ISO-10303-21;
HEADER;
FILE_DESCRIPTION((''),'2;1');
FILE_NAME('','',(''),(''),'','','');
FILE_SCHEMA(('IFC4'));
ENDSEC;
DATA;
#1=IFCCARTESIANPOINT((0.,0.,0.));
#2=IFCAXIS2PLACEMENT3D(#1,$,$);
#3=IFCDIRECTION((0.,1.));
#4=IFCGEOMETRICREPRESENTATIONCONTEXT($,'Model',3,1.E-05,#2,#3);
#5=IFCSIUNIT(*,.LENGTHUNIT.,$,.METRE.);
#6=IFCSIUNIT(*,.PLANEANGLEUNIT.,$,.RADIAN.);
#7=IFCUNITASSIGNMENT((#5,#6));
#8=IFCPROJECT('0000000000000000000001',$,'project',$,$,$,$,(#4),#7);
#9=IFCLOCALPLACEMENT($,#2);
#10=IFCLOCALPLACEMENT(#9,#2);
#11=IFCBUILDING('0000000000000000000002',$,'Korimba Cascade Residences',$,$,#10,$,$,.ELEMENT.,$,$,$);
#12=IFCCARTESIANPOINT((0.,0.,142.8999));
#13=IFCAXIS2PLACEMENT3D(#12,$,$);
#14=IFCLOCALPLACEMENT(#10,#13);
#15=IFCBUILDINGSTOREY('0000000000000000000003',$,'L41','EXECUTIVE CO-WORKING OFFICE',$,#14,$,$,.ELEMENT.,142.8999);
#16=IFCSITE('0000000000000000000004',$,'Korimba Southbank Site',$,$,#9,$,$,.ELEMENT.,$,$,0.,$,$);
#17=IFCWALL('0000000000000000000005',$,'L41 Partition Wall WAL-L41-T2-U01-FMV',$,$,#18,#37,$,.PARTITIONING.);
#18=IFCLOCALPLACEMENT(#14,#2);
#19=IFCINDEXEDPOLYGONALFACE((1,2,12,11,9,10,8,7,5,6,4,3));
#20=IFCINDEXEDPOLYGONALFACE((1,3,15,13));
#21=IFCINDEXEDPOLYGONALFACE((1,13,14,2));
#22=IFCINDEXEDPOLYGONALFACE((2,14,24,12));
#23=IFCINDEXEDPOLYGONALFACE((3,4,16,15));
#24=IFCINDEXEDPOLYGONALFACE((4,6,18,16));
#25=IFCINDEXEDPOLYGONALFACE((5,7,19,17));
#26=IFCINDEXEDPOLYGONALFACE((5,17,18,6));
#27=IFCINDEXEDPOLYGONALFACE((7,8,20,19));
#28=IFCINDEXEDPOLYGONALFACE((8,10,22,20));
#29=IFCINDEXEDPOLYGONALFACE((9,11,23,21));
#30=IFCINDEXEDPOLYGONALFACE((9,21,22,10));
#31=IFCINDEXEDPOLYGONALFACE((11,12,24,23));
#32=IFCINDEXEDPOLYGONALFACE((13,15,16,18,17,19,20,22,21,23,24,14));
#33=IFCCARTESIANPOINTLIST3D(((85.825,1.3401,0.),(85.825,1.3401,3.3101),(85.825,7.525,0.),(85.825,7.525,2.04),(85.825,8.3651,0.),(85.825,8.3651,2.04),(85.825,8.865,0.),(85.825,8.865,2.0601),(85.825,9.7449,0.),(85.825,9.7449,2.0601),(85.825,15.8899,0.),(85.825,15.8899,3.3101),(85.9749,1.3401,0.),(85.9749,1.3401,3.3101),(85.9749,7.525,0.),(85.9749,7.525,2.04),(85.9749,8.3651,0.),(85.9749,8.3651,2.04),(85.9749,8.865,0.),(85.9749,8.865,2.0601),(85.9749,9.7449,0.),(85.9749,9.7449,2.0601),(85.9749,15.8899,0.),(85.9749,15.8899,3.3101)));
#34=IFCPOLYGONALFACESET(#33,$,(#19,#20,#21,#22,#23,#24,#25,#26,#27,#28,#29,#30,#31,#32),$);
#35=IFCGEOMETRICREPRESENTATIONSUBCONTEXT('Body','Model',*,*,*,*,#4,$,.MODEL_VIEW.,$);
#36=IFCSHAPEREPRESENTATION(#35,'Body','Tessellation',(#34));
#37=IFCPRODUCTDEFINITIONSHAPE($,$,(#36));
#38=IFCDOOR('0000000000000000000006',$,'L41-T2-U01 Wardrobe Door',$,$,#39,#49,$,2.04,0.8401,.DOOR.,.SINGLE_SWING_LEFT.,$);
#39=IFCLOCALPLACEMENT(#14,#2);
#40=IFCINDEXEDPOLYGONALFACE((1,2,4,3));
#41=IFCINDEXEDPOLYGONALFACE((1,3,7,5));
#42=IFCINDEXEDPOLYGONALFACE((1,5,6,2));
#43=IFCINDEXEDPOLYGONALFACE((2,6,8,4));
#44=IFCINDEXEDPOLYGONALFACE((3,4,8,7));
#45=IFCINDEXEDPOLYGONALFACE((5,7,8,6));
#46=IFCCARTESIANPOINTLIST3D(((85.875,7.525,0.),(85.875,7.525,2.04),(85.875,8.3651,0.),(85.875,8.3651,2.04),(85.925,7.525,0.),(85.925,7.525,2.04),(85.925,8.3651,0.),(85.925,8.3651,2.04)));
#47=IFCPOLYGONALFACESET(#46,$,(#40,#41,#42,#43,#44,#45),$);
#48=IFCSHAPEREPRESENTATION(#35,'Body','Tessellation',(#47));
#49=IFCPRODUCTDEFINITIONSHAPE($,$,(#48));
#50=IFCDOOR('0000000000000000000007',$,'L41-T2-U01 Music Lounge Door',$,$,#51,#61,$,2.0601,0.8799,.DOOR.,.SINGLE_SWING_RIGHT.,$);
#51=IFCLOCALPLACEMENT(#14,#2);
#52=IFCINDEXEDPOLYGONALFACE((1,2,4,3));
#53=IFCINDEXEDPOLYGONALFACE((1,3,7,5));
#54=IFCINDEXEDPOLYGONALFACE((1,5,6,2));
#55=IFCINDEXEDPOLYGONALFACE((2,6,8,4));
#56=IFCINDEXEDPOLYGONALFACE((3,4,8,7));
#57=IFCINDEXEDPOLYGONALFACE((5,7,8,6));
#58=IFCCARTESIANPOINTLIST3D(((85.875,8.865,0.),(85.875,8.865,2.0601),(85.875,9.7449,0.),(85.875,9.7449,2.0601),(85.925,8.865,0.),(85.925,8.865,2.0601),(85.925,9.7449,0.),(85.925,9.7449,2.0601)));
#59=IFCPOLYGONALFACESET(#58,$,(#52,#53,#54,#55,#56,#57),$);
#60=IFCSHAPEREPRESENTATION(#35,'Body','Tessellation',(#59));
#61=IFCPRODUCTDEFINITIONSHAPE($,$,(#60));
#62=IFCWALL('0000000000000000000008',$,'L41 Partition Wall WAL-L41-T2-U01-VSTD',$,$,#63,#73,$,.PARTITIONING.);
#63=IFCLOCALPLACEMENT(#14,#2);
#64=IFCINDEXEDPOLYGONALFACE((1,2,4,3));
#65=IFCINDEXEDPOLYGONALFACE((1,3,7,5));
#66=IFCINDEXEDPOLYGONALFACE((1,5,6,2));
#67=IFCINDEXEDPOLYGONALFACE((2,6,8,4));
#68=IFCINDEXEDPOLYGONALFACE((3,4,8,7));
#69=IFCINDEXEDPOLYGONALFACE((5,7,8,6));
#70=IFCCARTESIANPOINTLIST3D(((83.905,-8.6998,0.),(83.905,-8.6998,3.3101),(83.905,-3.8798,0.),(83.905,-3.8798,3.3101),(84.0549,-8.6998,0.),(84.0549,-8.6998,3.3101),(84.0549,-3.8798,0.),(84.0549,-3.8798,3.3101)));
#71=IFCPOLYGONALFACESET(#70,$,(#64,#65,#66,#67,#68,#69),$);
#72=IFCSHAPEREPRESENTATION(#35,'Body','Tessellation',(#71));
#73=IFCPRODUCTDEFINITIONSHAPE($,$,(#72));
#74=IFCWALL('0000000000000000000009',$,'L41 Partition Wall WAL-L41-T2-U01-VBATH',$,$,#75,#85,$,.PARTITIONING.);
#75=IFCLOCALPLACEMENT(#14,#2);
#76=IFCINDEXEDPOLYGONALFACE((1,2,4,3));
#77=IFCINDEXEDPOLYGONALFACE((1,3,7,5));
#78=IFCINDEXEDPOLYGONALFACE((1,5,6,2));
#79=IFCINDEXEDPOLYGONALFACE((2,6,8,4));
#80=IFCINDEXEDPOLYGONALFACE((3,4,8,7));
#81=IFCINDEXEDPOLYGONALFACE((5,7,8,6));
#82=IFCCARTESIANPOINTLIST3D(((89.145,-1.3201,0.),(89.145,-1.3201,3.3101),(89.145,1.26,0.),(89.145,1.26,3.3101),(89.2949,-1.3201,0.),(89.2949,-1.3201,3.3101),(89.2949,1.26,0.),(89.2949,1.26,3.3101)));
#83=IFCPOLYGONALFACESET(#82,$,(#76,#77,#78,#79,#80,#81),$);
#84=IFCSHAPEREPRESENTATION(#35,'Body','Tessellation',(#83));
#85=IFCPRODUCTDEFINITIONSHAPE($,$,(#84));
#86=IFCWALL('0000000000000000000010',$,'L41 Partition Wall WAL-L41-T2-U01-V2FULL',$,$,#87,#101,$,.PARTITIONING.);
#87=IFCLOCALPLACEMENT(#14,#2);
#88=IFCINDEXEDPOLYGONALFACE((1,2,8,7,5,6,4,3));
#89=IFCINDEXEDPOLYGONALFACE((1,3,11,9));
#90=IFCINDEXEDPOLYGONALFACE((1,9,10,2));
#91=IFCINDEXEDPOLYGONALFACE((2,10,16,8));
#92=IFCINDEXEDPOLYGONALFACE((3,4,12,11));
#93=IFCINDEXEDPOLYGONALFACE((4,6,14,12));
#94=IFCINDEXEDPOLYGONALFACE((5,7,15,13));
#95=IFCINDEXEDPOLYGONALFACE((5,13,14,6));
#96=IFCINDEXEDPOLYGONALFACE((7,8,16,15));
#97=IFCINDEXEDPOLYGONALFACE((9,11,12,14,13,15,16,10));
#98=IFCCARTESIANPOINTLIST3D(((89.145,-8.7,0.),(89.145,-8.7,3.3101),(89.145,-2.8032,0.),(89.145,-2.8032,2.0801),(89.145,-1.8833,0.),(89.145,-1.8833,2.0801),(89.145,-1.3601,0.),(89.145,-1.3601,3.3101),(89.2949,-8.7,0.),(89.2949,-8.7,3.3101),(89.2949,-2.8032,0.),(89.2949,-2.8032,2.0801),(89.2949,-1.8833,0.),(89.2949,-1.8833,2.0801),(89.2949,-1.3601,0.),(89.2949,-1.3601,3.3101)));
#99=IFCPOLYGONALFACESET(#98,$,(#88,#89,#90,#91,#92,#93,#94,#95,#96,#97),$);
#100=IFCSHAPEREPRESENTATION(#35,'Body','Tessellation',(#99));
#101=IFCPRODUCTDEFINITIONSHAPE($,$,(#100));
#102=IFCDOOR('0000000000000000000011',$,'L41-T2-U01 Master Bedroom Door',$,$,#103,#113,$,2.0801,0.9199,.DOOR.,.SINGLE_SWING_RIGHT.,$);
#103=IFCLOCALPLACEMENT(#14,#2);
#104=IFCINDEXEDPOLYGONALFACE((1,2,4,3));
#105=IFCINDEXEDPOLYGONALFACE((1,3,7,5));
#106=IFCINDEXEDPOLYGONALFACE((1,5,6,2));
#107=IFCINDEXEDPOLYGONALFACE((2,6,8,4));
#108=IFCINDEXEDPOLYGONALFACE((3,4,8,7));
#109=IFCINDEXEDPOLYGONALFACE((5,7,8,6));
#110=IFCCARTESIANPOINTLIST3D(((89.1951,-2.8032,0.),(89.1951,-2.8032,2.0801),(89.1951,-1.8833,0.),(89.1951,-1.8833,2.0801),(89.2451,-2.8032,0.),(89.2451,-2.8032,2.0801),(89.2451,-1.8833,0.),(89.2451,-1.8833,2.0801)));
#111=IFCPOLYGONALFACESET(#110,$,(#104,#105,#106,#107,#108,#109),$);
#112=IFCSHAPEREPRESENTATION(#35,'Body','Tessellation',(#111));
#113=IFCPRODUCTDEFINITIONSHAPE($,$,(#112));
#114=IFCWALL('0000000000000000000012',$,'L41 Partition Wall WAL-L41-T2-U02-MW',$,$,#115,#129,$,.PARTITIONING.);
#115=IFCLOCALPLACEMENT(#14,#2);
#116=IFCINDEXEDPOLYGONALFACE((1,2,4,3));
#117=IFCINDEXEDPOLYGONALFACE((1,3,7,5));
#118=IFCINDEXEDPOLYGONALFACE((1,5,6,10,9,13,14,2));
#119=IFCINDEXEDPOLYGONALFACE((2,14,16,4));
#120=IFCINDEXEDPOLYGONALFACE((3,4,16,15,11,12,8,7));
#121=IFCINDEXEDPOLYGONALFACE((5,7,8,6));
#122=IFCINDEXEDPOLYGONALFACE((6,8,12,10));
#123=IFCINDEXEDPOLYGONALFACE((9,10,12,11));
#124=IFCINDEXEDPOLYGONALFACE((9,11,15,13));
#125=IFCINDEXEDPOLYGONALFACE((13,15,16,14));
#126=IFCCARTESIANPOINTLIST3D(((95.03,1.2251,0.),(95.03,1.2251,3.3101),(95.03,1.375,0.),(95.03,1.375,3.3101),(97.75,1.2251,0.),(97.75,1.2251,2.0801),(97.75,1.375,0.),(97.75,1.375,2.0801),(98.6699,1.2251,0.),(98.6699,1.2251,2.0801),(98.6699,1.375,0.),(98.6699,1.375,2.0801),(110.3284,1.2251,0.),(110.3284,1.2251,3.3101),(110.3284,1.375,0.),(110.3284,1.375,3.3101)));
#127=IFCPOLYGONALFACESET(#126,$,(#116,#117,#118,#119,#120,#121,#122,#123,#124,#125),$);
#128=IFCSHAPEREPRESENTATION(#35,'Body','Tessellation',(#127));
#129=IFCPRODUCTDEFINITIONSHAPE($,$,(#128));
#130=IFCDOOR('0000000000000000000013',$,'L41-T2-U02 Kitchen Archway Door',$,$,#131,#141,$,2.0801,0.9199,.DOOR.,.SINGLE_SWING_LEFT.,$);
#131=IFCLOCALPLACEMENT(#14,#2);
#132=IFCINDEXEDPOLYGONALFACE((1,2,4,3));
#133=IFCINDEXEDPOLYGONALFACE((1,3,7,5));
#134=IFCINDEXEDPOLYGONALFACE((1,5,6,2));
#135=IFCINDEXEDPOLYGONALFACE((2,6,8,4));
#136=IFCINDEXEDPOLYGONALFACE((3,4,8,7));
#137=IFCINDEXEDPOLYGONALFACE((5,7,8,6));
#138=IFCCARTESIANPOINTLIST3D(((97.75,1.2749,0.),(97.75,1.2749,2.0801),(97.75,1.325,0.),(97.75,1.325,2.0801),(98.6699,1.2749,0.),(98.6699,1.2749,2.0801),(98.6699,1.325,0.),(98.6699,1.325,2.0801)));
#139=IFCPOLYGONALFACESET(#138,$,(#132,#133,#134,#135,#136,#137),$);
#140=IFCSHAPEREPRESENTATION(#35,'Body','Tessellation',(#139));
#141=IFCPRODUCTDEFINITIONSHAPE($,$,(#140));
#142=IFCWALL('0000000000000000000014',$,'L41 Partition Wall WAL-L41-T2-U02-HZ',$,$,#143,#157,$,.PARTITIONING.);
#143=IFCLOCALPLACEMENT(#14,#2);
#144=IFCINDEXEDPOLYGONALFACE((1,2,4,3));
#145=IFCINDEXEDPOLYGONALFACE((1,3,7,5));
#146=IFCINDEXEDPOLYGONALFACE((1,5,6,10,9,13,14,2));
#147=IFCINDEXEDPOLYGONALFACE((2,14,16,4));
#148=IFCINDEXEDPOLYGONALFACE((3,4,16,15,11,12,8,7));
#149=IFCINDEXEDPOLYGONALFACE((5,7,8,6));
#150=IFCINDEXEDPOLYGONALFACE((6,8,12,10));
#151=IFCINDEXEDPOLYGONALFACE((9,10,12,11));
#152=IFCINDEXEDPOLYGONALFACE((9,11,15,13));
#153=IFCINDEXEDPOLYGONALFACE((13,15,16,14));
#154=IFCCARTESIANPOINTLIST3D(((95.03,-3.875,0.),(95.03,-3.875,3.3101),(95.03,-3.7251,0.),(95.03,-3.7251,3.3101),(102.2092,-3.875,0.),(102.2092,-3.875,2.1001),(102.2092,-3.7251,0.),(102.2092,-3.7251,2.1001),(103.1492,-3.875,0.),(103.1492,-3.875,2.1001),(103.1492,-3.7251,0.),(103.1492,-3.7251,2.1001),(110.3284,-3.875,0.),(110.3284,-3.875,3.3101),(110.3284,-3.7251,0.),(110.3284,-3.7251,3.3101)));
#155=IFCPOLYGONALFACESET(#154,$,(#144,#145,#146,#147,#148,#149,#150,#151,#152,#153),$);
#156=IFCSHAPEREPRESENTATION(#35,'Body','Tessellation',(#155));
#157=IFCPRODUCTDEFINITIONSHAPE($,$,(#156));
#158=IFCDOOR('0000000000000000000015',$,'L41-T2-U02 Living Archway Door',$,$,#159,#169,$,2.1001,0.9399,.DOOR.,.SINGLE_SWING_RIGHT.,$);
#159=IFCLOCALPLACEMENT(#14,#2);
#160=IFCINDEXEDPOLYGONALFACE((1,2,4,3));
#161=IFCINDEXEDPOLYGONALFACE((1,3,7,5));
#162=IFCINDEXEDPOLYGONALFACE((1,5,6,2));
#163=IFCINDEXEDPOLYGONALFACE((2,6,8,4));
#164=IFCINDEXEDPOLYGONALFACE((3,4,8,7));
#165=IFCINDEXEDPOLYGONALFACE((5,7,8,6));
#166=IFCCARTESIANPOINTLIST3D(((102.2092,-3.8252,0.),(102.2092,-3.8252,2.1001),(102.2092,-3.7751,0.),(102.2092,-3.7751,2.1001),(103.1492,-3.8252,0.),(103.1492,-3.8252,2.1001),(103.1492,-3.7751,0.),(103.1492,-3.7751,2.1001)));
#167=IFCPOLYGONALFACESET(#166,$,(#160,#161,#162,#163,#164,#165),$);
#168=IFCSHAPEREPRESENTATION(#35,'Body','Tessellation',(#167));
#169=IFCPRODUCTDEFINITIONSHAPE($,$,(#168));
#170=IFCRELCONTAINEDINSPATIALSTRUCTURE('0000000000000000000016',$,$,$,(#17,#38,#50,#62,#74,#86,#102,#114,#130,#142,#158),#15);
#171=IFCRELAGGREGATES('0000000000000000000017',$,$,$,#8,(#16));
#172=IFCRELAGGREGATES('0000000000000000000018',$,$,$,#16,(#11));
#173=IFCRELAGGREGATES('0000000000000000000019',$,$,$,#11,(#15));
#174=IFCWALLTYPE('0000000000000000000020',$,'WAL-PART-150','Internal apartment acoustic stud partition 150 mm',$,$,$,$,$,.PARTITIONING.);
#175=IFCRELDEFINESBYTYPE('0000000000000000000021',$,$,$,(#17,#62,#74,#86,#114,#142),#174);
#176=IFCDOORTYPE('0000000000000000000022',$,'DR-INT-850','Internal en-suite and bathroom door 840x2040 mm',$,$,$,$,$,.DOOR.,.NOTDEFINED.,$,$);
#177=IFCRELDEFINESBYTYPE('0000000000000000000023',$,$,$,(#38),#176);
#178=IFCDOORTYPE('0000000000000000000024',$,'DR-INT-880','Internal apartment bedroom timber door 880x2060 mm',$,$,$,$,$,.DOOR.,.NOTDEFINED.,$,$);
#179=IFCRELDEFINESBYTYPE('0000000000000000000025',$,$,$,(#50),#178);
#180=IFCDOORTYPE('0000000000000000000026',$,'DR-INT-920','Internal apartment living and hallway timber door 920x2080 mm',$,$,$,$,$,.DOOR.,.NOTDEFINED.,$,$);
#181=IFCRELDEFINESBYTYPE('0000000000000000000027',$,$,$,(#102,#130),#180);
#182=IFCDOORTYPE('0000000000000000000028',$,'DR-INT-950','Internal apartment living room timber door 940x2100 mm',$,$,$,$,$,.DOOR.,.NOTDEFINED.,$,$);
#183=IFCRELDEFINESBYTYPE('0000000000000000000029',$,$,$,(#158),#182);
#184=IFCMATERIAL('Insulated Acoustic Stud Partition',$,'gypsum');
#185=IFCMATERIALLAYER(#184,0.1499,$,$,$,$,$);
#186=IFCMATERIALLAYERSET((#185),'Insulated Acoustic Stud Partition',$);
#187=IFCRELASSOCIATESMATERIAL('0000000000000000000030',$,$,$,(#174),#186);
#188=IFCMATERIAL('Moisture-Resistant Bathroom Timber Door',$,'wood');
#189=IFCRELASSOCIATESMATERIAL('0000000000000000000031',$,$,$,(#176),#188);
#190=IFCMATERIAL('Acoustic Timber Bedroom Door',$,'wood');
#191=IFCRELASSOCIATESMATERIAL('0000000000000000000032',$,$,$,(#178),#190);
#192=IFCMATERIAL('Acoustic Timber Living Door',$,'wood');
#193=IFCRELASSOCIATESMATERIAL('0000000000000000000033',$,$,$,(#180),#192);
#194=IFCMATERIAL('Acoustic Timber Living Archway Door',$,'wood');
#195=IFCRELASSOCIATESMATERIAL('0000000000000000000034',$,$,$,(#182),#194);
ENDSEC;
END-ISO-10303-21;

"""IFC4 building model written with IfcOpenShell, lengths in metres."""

from ifc_helpers import new_model, si_unit, direction, frame, frame_2d, origin, place, context, subcontext, project, spatial, rectangle, extrude, material, layer, layer_set, type_object, element, fill, save


model = new_model("IFC4")

# Units and contexts
model_context = context("Model", 3, precision=1e-05, world=origin(), true_north=direction((0.0, 1.0)))
body_context = subcontext(model_context, "Body", "Model", "MODEL_VIEW")
ifc_project = project(units=[si_unit("LENGTHUNIT", "METRE"), si_unit("PLANEANGLEUNIT", "RADIAN")], contexts=[model_context])

# Site, building, storey
site_placement = place(None, origin())
site = spatial("IfcSite", under=ifc_project, at=site_placement, Name="Korimba Southbank Site", CompositionType="ELEMENT", RefElevation=0.0)
building_placement = place(site_placement, origin())
building = spatial("IfcBuilding", under=site, at=building_placement, Name="Korimba Cascade Residences", CompositionType="ELEMENT")
storey_placement = place(building_placement, frame((0.0, 0.0, 142.8999)))
storey = spatial("IfcBuildingStorey", under=building, at=storey_placement, Name="L41", Description="EXECUTIVE CO-WORKING OFFICE", CompositionType="ELEMENT", Elevation=142.8999)

# Wall, openings, doors
ifc_material_1 = material(Name="Insulated Acoustic Stud Partition", Category="gypsum")
ifc_layer_1 = layer(ifc_material_1, 0.1499)
ifc_layer_set_1 = layer_set([ifc_layer_1], Name="Insulated Acoustic Stud Partition")
wall_type_1 = type_object("IfcWallType", Name="WAL-PART-150", Description="Internal apartment acoustic stud partition 150 mm", PredefinedType="PARTITIONING", material=ifc_layer_set_1)
wall_1_placement = place(storey_placement, frame((85.8999, 1.3401, 0.0), z_axis=(0.0, 0.0, 1.0), x_axis=(0.0, 1.0, 0.0)))
wall_1 = element("IfcWall", 1, at=wall_1_placement, inside=storey, type_object=wall_type_1, Name="L41 Partition Wall WAL-L41-T2-U01-FMV", PredefinedType="PARTITIONING", context=body_context, shape_type="SweptSolid", body=[
    extrude(rectangle(XDim=14.5498, YDim=0.1499, at=frame_2d((7.2749, 0.0))), origin(), (0.0, 0.0, 1.0), 3.3101),
])
opening_1_placement = place(wall_1_placement, frame((6.1851, 0.0, 0.0)))
opening_1 = element("IfcOpeningElement", 2, at=opening_1_placement, cuts=wall_1, PredefinedType="OPENING", context=body_context, shape_type="SweptSolid", body=[
    extrude(rectangle(XDim=0.8401, YDim=2.04, at=frame_2d((0.4199, 1.02))), frame((0.0, 0.085, 0.0), z_axis=(0.0, -1.0, 0.0), x_axis=(1.0, 0.0, 0.0)), (0.0, 0.0, 1.0), 0.1699),
])
opening_2_placement = place(wall_1_placement, frame((7.5249, 0.0, 0.0)))
opening_2 = element("IfcOpeningElement", 3, at=opening_2_placement, cuts=wall_1, PredefinedType="OPENING", context=body_context, shape_type="SweptSolid", body=[
    extrude(rectangle(XDim=0.8799, YDim=2.0601, at=frame_2d((0.4399, 1.03))), frame((0.0, 0.085, 0.0), z_axis=(0.0, -1.0, 0.0), x_axis=(1.0, 0.0, 0.0)), (0.0, 0.0, 1.0), 0.1699),
])
ifc_material_2 = material(Name="Moisture-Resistant Bathroom Timber Door", Category="wood")
door_type_1 = type_object("IfcDoorType", Name="DR-INT-850", Description="Internal en-suite and bathroom door 840x2040 mm", OperationType="NOTDEFINED", PredefinedType="DOOR", material=ifc_material_2)
door_1_placement = place(opening_1_placement, origin())
door_1 = element("IfcDoor", 4, at=door_1_placement, inside=storey, type_object=door_type_1, Name="L41-T2-U01 Wardrobe Door", OperationType="SINGLE_SWING_LEFT", OverallHeight=2.04, OverallWidth=0.8401, PredefinedType="DOOR", context=body_context, shape_type="SweptSolid", body=[
    extrude(rectangle(XDim=0.8401, YDim=2.04, at=frame_2d((0.4199, 1.02))), frame((0.0, 0.0249, 0.0), z_axis=(0.0, -1.0, 0.0), x_axis=(1.0, 0.0, 0.0)), (0.0, 0.0, 1.0), 0.05),
])
fill(opening_1, door_1)
ifc_material_3 = material(Name="Acoustic Timber Bedroom Door", Category="wood")
door_type_2 = type_object("IfcDoorType", Name="DR-INT-880", Description="Internal apartment bedroom timber door 880x2060 mm", OperationType="NOTDEFINED", PredefinedType="DOOR", material=ifc_material_3)
door_2_placement = place(opening_2_placement, origin())
door_2 = element("IfcDoor", 5, at=door_2_placement, inside=storey, type_object=door_type_2, Name="L41-T2-U01 Music Lounge Door", OperationType="SINGLE_SWING_RIGHT", OverallHeight=2.0601, OverallWidth=0.8799, PredefinedType="DOOR", context=body_context, shape_type="SweptSolid", body=[
    extrude(rectangle(XDim=0.8799, YDim=2.0601, at=frame_2d((0.4399, 1.03))), frame((0.0, 0.0249, 0.0), z_axis=(0.0, -1.0, 0.0), x_axis=(1.0, 0.0, 0.0)), (0.0, 0.0, 1.0), 0.05),
])
fill(opening_2, door_2)

# Walls
wall_2_placement = place(storey_placement, frame((83.98, -8.7, 0.0), z_axis=(0.0, 0.0, 1.0), x_axis=(0.0, 1.0, 0.0)))
element("IfcWall", 6, at=wall_2_placement, inside=storey, type_object=wall_type_1, Name="L41 Partition Wall WAL-L41-T2-U01-VSTD", PredefinedType="PARTITIONING", context=body_context, shape_type="SweptSolid", body=[
    extrude(rectangle(XDim=4.8201, YDim=0.1499, at=frame_2d((2.4102, 0.0))), origin(), (0.0, 0.0, 1.0), 3.3101),
])
wall_3_placement = place(storey_placement, frame((89.22, -1.3201, 0.0), z_axis=(0.0, 0.0, 1.0), x_axis=(0.0, 1.0, 0.0)))
element("IfcWall", 7, at=wall_3_placement, inside=storey, type_object=wall_type_1, Name="L41 Partition Wall WAL-L41-T2-U01-VBATH", PredefinedType="PARTITIONING", context=body_context, shape_type="SweptSolid", body=[
    extrude(rectangle(XDim=2.5801, YDim=0.1499, at=frame_2d((1.29, 0.0))), origin(), (0.0, 0.0, 1.0), 3.3101),
])

# Walls, openings, doors
wall_4_placement = place(storey_placement, frame((89.22, -8.7, 0.0), z_axis=(0.0, 0.0, 1.0), x_axis=(0.0, 1.0, 0.0)))
wall_4 = element("IfcWall", 8, at=wall_4_placement, inside=storey, type_object=wall_type_1, Name="L41 Partition Wall WAL-L41-T2-U01-V2FULL", PredefinedType="PARTITIONING", context=body_context, shape_type="SweptSolid", body=[
    extrude(rectangle(XDim=7.3398, YDim=0.1499, at=frame_2d((3.6699, 0.0))), origin(), (0.0, 0.0, 1.0), 3.3101),
])
opening_3_placement = place(wall_4_placement, frame((5.8967, 0.0, 0.0)))
opening_3 = element("IfcOpeningElement", 9, at=opening_3_placement, cuts=wall_4, PredefinedType="OPENING", context=body_context, shape_type="SweptSolid", body=[
    extrude(rectangle(XDim=0.9199, YDim=2.0801, at=frame_2d((0.46, 1.04))), frame((0.0, 0.085, 0.0), z_axis=(0.0, -1.0, 0.0), x_axis=(1.0, 0.0, 0.0)), (0.0, 0.0, 1.0), 0.1699),
])
ifc_material_4 = material(Name="Acoustic Timber Living Door", Category="wood")
door_type_3 = type_object("IfcDoorType", Name="DR-INT-920", Description="Internal apartment living and hallway timber door 920x2080 mm", OperationType="NOTDEFINED", PredefinedType="DOOR", material=ifc_material_4)
door_3_placement = place(opening_3_placement, origin())
door_3 = element("IfcDoor", 10, at=door_3_placement, inside=storey, type_object=door_type_3, Name="L41-T2-U01 Master Bedroom Door", OperationType="SINGLE_SWING_RIGHT", OverallHeight=2.0801, OverallWidth=0.9199, PredefinedType="DOOR", context=body_context, shape_type="SweptSolid", body=[
    extrude(rectangle(XDim=0.9199, YDim=2.0801, at=frame_2d((0.46, 1.04))), frame((0.0, 0.0249, 0.0), z_axis=(0.0, -1.0, 0.0), x_axis=(1.0, 0.0, 0.0)), (0.0, 0.0, 1.0), 0.05),
])
fill(opening_3, door_3)
wall_5_placement = place(storey_placement, frame((95.03, 1.3, 0.0), z_axis=(0.0, 0.0, 1.0), x_axis=(1.0, 0.0, 0.0)))
wall_5 = element("IfcWall", 11, at=wall_5_placement, inside=storey, type_object=wall_type_1, Name="L41 Partition Wall WAL-L41-T2-U02-MW", PredefinedType="PARTITIONING", context=body_context, shape_type="SweptSolid", body=[
    extrude(rectangle(XDim=15.2983, YDim=0.1499, at=frame_2d((7.6492, 0.0))), origin(), (0.0, 0.0, 1.0), 3.3101),
])
opening_4_placement = place(wall_5_placement, frame((2.72, 0.0, 0.0)))
opening_4 = element("IfcOpeningElement", 12, at=opening_4_placement, cuts=wall_5, PredefinedType="OPENING", context=body_context, shape_type="SweptSolid", body=[
    extrude(rectangle(XDim=0.9199, YDim=2.0801, at=frame_2d((0.46, 1.04))), frame((0.0, 0.085, 0.0), z_axis=(0.0, -1.0, 0.0), x_axis=(1.0, 0.0, 0.0)), (0.0, 0.0, 1.0), 0.1699),
])
door_4_placement = place(opening_4_placement, origin())
door_4 = element("IfcDoor", 13, at=door_4_placement, inside=storey, type_object=door_type_3, Name="L41-T2-U02 Kitchen Archway Door", OperationType="SINGLE_SWING_LEFT", OverallHeight=2.0801, OverallWidth=0.9199, PredefinedType="DOOR", context=body_context, shape_type="SweptSolid", body=[
    extrude(rectangle(XDim=0.9199, YDim=2.0801, at=frame_2d((0.46, 1.04))), frame((0.0, 0.0249, 0.0), z_axis=(0.0, -1.0, 0.0), x_axis=(1.0, 0.0, 0.0)), (0.0, 0.0, 1.0), 0.05),
])
fill(opening_4, door_4)
wall_6_placement = place(storey_placement, frame((95.03, -3.8, 0.0), z_axis=(0.0, 0.0, 1.0), x_axis=(1.0, 0.0, 0.0)))
wall_6 = element("IfcWall", 14, at=wall_6_placement, inside=storey, type_object=wall_type_1, Name="L41 Partition Wall WAL-L41-T2-U02-HZ", PredefinedType="PARTITIONING", context=body_context, shape_type="SweptSolid", body=[
    extrude(rectangle(XDim=15.2983, YDim=0.1499, at=frame_2d((7.6492, 0.0))), origin(), (0.0, 0.0, 1.0), 3.3101),
])
opening_5_placement = place(wall_6_placement, frame((7.1792, 0.0, 0.0)))
opening_5 = element("IfcOpeningElement", 15, at=opening_5_placement, cuts=wall_6, PredefinedType="OPENING", context=body_context, shape_type="SweptSolid", body=[
    extrude(rectangle(XDim=0.9399, YDim=2.1001, at=frame_2d((0.47, 1.05))), frame((0.0, 0.085, 0.0), z_axis=(0.0, -1.0, 0.0), x_axis=(1.0, 0.0, 0.0)), (0.0, 0.0, 1.0), 0.1699),
])
ifc_material_5 = material(Name="Acoustic Timber Living Archway Door", Category="wood")
door_type_4 = type_object("IfcDoorType", Name="DR-INT-950", Description="Internal apartment living room timber door 940x2100 mm", OperationType="NOTDEFINED", PredefinedType="DOOR", material=ifc_material_5)
door_5_placement = place(opening_5_placement, origin())
door_5 = element("IfcDoor", 16, at=door_5_placement, inside=storey, type_object=door_type_4, Name="L41-T2-U02 Living Archway Door", OperationType="SINGLE_SWING_RIGHT", OverallHeight=2.1001, OverallWidth=0.9399, PredefinedType="DOOR", context=body_context, shape_type="SweptSolid", body=[
    extrude(rectangle(XDim=0.9399, YDim=2.1001, at=frame_2d((0.47, 1.05))), frame((0.0, 0.0249, 0.0), z_axis=(0.0, -1.0, 0.0), x_axis=(1.0, 0.0, 0.0)), (0.0, 0.0, 1.0), 0.05),
])
fill(opening_5, door_5)

save(model, "model.ifc")
